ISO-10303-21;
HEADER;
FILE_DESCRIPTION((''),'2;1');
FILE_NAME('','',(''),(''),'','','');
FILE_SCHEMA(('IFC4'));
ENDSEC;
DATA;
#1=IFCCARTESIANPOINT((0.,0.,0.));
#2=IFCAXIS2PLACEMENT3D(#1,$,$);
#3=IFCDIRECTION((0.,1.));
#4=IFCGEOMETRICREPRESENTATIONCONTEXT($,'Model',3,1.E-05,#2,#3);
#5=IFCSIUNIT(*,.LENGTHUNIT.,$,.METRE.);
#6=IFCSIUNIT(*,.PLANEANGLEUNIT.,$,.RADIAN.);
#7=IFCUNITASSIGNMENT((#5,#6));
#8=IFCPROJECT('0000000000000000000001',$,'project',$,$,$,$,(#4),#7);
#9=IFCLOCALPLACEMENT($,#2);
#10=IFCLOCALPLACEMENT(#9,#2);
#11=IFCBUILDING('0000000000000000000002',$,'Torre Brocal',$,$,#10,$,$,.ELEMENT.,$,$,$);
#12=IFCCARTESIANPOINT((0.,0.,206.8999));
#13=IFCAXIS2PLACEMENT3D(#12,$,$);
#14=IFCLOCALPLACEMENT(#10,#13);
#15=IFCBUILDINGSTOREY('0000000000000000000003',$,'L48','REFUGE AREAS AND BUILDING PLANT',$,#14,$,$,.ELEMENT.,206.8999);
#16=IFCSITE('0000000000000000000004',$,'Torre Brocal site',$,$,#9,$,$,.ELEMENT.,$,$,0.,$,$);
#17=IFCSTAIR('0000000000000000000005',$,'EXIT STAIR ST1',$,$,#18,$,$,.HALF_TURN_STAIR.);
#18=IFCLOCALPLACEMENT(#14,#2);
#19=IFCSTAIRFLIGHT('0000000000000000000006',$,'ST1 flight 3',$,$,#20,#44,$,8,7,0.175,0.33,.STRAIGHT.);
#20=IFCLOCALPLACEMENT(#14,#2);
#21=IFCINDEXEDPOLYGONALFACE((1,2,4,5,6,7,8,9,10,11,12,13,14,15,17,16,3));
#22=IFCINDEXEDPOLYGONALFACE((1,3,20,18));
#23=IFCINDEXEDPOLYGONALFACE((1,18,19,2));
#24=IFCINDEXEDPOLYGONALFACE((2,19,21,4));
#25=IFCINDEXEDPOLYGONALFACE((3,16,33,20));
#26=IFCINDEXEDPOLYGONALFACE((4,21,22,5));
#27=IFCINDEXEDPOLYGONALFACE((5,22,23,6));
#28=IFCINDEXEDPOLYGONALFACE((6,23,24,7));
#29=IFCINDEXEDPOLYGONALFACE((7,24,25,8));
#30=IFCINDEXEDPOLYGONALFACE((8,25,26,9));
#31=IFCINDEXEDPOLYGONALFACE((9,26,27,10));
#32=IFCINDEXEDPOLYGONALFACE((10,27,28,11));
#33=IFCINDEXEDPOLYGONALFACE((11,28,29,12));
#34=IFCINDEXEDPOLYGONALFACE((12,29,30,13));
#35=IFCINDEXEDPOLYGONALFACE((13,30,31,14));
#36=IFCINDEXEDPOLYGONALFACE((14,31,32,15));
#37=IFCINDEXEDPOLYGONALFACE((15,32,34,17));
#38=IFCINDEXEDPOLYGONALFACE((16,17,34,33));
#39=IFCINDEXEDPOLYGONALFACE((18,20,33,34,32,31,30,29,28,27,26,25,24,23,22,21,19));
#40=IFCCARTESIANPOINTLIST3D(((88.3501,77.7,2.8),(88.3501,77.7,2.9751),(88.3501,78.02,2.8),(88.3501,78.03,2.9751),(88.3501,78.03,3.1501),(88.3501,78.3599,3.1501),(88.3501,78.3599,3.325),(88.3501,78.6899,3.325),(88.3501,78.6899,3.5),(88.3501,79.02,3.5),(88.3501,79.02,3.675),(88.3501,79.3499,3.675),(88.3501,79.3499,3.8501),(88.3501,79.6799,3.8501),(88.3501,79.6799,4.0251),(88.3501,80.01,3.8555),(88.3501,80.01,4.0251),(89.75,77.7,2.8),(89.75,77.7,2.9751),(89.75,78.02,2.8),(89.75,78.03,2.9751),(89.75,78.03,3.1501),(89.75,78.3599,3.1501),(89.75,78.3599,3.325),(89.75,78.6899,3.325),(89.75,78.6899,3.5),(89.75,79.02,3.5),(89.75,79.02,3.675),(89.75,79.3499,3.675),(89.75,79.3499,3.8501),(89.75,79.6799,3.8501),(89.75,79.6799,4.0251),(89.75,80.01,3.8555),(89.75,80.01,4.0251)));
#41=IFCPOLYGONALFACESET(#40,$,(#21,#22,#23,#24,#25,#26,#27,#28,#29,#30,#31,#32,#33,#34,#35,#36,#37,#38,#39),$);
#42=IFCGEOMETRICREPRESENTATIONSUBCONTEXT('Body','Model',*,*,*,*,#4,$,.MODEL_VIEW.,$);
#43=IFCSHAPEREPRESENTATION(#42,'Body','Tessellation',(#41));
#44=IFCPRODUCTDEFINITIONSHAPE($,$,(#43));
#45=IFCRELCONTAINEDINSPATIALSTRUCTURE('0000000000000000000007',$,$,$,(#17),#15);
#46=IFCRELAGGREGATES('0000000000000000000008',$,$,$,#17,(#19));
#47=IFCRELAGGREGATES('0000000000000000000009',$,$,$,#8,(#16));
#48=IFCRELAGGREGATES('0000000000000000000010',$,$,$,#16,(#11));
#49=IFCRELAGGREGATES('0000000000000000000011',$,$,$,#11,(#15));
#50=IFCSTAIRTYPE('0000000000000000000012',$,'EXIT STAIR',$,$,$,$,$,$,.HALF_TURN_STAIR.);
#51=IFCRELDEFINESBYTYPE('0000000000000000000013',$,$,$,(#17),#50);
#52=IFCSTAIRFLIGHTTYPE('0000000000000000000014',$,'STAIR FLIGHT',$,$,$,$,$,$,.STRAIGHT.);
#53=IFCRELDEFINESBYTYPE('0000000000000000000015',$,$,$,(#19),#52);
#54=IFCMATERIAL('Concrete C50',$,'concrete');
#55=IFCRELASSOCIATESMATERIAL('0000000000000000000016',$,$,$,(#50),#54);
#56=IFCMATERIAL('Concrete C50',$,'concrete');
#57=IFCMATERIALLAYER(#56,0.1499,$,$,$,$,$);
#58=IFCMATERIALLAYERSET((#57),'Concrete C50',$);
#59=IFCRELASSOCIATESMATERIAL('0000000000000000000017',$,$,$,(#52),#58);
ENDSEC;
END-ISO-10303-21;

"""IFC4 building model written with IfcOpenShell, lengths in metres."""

from ifc_helpers import new_model, si_unit, direction, frame, origin, place, context, subcontext, project, spatial, polyline, outline, extrude, material, layer, layer_set, type_object, element, aggregate, save


model = new_model("IFC4")

# Units and contexts
model_context = context("Model", 3, precision=1e-05, world=origin(), true_north=direction((0.0, 1.0)))
body_context = subcontext(model_context, "Body", "Model", "MODEL_VIEW")
ifc_project = project(units=[si_unit("LENGTHUNIT", "METRE"), si_unit("PLANEANGLEUNIT", "RADIAN")], contexts=[model_context])

# Site, building, storey
site_placement = place(None, origin())
site = spatial("IfcSite", under=ifc_project, at=site_placement, Name="Torre Brocal site", CompositionType="ELEMENT", RefElevation=0.0)
building_placement = place(site_placement, origin())
building = spatial("IfcBuilding", under=site, at=building_placement, Name="Torre Brocal", CompositionType="ELEMENT")
storey_placement = place(building_placement, frame((0.0, 0.0, 206.8999)))
storey = spatial("IfcBuildingStorey", under=building, at=storey_placement, Name="L48", Description="REFUGE AREAS AND BUILDING PLANT", CompositionType="ELEMENT", Elevation=206.8999)

# Stair, stair flight
ifc_material_1 = material(Name="Concrete C50", Category="concrete")
stair_type = type_object("IfcStairType", Name="EXIT STAIR", PredefinedType="HALF_TURN_STAIR", material=ifc_material_1)
stair_placement = place(storey_placement, origin())
stair = element("IfcStair", 1, at=stair_placement, inside=storey, type_object=stair_type, Name="EXIT STAIR ST1", PredefinedType="HALF_TURN_STAIR")
ifc_material_2 = material(Name="Concrete C50", Category="concrete")
ifc_layer_1 = layer(ifc_material_2, 0.1499)
ifc_layer_set_1 = layer_set([ifc_layer_1], Name="Concrete C50")
stair_flight_type = type_object("IfcStairFlightType", Name="STAIR FLIGHT", PredefinedType="STRAIGHT", material=ifc_layer_set_1)
stair_flight_1_placement = place(storey_placement, frame((89.05, 77.7, 2.8), z_axis=(0.0, 0.0, 1.0), x_axis=(0.0, 1.0, 0.0)))
stair_flight_1 = element("IfcStairFlight", 2, at=stair_flight_1_placement, type_object=stair_flight_type, Name="ST1 flight 3", NumberOfRisers=8, NumberOfTreads=7, PredefinedType="STRAIGHT", RiserHeight=0.175, TreadLength=0.33, context=body_context, shape_type="SweptSolid", body=[
    extrude(outline(polyline([(0.0, 0.0), (0.0, 0.175), (0.3301, 0.175), (0.3301, 0.3501), (0.6599, 0.3501), (0.6599, 0.5249), (0.99, 0.5249), (0.99, 0.7), (1.3201, 0.7), (1.3201, 0.875), (1.6499, 0.875), (1.6499, 1.05), (1.98, 1.05), (1.98, 1.2251), (2.3101, 1.2251), (2.3101, 1.3999), (2.3101, 1.0554), (0.3201, 0.0), (0.0, 0.0)])), frame((0.0, 0.7, 0.0), z_axis=(0.0, -1.0, 0.0), x_axis=(1.0, 0.0, 0.0)), (0.0, 0.0, 1.0), 1.3999),
])
aggregate(stair, [stair_flight_1])

save(model, "model.ifc")
